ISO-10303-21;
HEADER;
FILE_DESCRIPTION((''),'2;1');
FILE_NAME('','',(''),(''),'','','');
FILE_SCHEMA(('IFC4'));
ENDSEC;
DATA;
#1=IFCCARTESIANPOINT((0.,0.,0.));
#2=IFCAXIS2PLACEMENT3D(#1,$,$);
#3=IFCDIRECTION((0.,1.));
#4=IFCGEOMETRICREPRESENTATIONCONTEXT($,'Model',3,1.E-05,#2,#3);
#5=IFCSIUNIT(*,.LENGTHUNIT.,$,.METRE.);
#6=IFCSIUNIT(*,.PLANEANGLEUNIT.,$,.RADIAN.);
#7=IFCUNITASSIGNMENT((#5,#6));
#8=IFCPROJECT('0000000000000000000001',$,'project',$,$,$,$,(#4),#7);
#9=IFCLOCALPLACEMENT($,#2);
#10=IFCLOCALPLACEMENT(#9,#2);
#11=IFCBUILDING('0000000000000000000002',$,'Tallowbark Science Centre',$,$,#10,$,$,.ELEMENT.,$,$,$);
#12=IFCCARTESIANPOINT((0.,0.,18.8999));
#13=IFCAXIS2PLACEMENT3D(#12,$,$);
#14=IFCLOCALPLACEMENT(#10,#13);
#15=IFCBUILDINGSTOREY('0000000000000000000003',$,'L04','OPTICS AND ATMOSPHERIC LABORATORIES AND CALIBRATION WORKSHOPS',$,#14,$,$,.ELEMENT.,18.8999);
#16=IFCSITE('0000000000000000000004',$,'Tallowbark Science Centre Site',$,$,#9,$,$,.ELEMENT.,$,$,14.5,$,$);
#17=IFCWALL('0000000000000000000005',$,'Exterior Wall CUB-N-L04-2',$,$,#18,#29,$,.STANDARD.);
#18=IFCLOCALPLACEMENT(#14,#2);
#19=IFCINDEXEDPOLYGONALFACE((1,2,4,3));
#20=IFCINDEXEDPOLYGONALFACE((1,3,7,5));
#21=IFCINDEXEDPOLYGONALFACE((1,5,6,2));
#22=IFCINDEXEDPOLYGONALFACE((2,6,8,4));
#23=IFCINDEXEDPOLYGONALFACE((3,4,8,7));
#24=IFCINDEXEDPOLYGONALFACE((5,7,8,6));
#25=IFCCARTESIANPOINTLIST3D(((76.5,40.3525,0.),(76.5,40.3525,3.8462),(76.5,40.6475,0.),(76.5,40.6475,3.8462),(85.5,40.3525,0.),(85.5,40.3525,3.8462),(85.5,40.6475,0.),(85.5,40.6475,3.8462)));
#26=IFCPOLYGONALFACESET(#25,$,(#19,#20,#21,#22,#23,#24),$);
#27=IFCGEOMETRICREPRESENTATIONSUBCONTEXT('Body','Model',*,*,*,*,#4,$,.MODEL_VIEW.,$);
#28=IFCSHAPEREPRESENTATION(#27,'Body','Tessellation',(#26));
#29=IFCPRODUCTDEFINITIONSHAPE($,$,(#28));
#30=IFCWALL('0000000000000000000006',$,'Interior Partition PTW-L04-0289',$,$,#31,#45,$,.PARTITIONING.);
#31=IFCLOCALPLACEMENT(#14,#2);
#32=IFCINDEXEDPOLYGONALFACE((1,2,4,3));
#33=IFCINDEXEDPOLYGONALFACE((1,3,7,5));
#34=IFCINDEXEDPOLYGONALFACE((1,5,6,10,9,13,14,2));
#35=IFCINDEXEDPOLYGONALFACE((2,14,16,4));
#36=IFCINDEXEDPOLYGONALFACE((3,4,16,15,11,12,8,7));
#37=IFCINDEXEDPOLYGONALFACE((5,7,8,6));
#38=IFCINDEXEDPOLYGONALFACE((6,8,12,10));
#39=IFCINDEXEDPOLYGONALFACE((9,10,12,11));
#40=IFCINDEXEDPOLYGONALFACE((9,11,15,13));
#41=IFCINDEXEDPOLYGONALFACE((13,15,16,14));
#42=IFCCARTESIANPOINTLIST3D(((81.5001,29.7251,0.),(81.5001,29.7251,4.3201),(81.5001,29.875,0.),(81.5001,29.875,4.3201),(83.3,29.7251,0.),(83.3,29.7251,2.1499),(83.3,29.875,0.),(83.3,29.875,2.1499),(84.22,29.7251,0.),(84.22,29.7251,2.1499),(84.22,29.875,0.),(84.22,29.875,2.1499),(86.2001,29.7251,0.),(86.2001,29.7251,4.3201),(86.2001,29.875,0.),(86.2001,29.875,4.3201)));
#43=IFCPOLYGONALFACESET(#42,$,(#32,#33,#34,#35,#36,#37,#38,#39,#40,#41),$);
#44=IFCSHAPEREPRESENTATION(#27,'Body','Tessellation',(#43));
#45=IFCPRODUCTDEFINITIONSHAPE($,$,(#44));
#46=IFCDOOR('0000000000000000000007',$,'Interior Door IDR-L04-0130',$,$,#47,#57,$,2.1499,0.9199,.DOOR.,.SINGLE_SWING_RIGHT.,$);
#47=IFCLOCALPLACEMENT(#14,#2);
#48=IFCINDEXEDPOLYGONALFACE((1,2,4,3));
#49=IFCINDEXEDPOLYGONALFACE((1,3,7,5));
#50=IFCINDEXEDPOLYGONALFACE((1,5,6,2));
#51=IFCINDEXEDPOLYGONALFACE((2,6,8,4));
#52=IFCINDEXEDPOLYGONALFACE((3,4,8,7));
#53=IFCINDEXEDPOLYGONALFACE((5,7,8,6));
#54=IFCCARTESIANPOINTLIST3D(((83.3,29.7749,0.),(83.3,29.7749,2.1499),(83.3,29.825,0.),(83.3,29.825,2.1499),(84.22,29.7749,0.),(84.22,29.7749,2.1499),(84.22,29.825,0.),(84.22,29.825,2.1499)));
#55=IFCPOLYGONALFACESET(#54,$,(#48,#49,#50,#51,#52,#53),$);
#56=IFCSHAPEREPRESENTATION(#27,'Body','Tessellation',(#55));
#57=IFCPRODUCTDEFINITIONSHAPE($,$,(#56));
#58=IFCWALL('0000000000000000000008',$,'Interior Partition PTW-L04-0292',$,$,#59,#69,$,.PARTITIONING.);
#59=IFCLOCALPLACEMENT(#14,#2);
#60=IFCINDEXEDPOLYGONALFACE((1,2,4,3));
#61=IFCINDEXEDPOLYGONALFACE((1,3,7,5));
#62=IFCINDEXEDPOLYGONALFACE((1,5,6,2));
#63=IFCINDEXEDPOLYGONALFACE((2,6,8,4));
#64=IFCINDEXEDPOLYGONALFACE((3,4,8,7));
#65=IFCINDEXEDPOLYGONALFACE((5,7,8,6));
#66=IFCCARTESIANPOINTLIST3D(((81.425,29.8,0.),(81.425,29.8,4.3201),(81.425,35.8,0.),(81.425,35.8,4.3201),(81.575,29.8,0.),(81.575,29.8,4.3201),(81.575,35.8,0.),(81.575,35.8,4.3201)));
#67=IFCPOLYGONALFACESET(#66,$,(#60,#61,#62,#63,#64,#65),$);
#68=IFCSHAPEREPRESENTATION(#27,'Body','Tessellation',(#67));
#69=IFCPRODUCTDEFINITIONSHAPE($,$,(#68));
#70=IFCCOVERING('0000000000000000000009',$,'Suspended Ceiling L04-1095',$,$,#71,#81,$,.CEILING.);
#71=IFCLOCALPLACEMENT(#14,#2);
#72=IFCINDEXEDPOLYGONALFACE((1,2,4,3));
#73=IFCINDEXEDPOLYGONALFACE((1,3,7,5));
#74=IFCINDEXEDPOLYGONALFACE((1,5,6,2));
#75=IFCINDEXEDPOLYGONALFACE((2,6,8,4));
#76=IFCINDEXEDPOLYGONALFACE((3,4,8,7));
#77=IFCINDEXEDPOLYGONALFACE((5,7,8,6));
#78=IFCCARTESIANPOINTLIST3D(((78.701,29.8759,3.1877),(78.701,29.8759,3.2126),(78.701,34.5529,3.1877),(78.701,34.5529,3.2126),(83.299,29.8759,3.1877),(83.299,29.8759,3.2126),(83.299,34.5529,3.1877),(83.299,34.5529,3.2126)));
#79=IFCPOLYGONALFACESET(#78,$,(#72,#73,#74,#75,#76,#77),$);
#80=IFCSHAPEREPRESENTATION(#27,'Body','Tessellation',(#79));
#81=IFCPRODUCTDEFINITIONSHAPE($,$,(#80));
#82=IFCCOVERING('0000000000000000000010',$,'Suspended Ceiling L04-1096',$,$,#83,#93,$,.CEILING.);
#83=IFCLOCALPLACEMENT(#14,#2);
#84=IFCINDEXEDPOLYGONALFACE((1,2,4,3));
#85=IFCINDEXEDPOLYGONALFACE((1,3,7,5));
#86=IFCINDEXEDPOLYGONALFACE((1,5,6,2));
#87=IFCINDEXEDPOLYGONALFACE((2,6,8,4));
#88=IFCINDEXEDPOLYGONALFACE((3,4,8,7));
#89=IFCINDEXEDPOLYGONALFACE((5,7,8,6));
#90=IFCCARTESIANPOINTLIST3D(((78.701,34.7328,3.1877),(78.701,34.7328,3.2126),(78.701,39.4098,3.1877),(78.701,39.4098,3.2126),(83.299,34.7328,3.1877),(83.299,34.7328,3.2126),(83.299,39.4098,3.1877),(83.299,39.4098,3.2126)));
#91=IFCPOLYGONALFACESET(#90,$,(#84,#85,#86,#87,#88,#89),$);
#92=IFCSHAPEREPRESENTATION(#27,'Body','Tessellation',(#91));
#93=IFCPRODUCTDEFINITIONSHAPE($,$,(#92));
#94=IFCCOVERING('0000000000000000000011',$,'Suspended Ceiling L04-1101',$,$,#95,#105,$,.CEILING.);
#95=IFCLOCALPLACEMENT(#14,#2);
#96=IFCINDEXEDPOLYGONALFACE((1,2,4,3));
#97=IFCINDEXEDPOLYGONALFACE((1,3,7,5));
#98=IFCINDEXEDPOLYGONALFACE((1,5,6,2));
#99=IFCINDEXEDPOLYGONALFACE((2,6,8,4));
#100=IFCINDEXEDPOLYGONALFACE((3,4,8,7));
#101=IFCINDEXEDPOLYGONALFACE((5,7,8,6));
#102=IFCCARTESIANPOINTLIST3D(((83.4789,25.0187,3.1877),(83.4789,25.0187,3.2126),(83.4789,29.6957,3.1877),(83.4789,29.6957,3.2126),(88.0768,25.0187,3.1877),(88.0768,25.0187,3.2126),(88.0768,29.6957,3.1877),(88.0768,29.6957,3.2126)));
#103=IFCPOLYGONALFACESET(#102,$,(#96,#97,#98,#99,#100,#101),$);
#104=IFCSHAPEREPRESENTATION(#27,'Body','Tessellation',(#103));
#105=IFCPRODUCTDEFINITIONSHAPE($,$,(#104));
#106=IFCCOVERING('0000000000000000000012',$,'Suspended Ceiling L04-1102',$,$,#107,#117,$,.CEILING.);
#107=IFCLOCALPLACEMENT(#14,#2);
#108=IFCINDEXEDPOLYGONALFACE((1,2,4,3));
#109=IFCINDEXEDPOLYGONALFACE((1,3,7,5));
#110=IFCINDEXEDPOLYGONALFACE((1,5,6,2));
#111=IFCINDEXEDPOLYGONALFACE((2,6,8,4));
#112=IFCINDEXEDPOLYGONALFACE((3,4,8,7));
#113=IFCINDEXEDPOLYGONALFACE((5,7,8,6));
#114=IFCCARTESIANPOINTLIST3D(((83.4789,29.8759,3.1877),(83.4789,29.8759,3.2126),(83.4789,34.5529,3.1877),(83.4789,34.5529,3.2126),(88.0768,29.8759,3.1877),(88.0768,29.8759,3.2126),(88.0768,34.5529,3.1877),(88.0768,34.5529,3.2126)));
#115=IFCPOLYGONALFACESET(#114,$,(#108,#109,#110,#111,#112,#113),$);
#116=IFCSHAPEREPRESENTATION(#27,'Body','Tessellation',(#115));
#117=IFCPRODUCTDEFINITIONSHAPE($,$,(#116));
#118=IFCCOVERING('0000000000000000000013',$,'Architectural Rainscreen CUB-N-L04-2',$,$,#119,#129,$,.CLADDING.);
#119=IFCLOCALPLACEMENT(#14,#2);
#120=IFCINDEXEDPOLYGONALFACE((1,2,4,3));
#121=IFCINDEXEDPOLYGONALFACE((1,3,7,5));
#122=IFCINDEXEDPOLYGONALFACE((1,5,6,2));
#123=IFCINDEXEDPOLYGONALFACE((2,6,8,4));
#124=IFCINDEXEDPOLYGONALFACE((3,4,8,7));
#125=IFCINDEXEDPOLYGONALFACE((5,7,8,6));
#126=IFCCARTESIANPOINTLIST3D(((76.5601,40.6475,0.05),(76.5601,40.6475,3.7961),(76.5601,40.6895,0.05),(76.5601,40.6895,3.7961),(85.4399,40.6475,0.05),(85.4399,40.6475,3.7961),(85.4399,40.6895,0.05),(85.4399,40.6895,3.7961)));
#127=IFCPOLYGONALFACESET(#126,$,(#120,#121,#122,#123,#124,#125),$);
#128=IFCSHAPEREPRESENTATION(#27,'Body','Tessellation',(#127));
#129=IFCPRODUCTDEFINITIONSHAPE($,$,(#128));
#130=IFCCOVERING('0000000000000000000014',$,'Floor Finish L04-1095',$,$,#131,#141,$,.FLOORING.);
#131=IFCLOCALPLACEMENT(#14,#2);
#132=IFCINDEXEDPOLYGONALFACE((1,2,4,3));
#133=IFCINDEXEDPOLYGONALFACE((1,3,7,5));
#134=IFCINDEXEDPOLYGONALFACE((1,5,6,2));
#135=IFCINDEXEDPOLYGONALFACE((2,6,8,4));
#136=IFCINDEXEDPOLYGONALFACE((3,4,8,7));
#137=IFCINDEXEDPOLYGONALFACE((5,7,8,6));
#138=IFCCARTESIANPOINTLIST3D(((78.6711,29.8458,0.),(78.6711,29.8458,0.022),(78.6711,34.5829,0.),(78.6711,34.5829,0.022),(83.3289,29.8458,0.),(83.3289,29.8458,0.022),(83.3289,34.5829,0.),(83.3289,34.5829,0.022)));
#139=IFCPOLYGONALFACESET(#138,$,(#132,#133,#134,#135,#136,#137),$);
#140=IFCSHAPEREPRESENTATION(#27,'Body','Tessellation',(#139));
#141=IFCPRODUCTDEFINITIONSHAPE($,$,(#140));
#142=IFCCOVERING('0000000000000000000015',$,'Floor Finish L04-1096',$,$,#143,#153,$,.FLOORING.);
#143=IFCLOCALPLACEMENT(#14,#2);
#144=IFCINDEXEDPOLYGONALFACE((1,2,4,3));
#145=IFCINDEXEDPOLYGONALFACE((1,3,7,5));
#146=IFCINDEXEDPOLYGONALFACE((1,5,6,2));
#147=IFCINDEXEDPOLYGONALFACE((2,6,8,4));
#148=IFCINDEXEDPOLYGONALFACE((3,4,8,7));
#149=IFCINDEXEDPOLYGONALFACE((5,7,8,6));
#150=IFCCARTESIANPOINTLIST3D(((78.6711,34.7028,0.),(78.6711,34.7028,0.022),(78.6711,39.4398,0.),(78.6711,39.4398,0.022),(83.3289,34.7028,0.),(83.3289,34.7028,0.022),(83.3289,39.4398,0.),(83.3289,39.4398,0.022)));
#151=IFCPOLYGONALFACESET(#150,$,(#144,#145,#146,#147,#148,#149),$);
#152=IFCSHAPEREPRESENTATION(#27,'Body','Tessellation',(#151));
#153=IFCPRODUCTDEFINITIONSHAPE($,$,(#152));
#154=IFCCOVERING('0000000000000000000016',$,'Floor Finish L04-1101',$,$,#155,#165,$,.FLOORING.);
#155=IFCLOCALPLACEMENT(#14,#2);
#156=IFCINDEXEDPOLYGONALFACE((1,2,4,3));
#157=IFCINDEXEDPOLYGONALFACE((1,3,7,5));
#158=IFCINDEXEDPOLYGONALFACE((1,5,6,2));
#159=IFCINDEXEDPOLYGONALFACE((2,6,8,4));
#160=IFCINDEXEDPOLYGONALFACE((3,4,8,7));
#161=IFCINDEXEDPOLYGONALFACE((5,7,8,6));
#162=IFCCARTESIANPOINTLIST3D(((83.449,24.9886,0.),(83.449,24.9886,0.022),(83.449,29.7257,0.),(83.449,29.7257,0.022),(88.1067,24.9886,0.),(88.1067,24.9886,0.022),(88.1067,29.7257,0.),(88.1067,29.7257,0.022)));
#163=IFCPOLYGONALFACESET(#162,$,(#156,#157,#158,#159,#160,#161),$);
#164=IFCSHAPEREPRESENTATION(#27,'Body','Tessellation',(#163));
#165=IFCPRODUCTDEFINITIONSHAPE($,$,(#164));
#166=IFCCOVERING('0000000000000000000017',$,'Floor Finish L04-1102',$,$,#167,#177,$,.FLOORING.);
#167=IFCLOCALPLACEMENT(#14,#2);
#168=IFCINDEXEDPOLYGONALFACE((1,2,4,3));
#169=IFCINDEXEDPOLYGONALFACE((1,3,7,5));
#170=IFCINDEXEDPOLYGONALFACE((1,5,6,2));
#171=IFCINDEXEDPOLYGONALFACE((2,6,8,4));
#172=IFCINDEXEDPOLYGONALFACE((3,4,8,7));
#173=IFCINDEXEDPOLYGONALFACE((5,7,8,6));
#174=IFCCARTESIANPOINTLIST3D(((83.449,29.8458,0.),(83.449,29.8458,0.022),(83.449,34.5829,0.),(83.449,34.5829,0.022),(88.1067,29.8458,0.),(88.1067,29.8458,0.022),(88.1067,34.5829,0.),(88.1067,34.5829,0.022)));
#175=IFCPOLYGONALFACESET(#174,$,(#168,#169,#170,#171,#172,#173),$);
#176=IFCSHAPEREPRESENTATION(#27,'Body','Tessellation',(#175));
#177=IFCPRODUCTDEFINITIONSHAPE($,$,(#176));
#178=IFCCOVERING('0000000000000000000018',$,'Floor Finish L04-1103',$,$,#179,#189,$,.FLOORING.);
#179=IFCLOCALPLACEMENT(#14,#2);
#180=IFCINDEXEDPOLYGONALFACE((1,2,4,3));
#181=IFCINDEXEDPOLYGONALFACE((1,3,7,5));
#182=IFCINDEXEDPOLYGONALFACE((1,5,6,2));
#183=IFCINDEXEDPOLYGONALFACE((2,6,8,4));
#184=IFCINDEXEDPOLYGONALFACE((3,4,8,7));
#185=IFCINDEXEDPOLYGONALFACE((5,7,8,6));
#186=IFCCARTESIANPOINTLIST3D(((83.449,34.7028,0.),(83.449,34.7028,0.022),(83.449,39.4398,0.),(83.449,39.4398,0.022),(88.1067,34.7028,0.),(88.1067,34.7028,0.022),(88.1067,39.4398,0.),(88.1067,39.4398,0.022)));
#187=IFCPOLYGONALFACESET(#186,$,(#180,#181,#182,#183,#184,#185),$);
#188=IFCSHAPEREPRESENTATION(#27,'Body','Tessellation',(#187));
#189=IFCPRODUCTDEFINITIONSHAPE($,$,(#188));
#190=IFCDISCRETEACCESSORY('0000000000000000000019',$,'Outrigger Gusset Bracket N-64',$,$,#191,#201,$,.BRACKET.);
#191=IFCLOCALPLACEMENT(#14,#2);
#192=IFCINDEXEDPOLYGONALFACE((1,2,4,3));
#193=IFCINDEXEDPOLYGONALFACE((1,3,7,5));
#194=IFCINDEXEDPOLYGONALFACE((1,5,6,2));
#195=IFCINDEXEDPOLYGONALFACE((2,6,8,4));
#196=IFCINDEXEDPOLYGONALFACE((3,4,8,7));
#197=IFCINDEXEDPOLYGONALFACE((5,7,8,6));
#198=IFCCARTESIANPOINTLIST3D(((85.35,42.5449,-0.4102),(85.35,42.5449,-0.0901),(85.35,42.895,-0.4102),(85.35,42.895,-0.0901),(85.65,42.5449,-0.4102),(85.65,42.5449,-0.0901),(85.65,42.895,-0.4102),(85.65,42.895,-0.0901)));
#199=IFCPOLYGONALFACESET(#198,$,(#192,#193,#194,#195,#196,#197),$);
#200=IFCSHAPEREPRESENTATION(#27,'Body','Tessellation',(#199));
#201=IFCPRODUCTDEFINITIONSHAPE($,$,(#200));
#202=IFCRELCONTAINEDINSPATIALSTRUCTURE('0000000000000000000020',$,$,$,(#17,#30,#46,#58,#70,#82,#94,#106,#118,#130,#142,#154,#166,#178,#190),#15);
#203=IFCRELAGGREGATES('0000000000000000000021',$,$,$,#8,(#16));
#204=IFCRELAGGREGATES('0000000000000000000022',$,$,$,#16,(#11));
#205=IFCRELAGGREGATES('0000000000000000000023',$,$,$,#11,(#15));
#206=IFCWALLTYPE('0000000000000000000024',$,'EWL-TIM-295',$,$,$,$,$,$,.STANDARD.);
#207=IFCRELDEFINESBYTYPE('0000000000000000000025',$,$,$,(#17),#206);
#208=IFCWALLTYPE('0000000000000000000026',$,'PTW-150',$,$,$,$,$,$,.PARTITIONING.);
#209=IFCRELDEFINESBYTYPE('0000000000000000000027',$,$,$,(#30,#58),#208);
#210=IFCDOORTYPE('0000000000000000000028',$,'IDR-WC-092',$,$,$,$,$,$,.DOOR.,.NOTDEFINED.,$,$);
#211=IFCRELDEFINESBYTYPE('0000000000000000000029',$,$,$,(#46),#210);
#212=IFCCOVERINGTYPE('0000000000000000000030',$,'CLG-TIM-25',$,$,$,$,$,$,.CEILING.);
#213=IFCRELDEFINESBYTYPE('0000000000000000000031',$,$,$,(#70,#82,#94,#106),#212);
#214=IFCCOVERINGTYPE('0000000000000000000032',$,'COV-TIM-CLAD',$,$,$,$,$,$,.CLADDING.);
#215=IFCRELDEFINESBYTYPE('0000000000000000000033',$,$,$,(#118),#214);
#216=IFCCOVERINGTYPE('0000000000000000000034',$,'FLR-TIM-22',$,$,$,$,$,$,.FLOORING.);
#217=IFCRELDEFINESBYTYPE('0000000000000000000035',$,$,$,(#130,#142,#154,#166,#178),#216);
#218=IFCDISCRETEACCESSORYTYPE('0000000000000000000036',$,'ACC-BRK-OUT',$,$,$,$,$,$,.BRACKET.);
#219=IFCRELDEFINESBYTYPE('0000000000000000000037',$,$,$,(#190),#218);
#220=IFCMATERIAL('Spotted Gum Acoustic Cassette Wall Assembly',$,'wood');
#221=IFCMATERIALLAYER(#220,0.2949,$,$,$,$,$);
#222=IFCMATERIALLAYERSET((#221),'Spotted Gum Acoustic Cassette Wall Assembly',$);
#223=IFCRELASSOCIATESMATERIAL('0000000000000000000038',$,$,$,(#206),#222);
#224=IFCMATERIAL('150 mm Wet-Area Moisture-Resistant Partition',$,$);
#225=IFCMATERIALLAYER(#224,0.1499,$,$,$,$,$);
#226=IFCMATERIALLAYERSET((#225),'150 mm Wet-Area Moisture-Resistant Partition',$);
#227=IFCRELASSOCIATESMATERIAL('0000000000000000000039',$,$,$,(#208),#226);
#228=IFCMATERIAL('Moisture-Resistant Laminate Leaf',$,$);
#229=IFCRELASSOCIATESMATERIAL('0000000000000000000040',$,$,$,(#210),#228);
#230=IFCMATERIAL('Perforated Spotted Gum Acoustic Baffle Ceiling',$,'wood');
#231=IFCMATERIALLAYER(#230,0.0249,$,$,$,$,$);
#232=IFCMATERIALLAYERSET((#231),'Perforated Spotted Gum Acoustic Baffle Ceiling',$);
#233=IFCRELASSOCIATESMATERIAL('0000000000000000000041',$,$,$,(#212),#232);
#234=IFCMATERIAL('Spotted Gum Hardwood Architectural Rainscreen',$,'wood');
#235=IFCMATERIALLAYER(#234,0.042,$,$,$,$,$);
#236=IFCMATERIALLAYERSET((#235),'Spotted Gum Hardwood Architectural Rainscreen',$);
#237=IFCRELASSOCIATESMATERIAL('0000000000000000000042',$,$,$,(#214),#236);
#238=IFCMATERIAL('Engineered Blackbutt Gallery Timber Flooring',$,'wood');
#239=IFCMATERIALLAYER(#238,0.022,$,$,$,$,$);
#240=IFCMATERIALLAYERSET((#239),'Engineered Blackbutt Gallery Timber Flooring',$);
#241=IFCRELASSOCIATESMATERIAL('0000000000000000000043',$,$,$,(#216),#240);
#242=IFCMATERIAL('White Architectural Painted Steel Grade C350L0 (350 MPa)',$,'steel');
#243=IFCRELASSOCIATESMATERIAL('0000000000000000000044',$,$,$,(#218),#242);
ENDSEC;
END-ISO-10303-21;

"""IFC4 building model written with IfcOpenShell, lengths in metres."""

from ifc_helpers import new_model, si_unit, direction, frame, frame_2d, origin, origin_2d, place, context, subcontext, project, spatial, rectangle, extrude, material, layer, layer_set, type_object, element, fill, save


model = new_model("IFC4")

# Units and contexts
model_context = context("Model", 3, precision=1e-05, world=origin(), true_north=direction((0.0, 1.0)))
body_context = subcontext(model_context, "Body", "Model", "MODEL_VIEW")
ifc_project = project(units=[si_unit("LENGTHUNIT", "METRE"), si_unit("PLANEANGLEUNIT", "RADIAN")], contexts=[model_context])

# Site, building, storey
site_placement = place(None, origin())
site = spatial("IfcSite", under=ifc_project, at=site_placement, Name="Tallowbark Science Centre Site", CompositionType="ELEMENT", RefElevation=14.5)
building_placement = place(site_placement, origin())
building = spatial("IfcBuilding", under=site, at=building_placement, Name="Tallowbark Science Centre", CompositionType="ELEMENT")
storey_placement = place(building_placement, frame((0.0, 0.0, 18.8999)))
storey = spatial("IfcBuildingStorey", under=building, at=storey_placement, Name="L04", Description="OPTICS AND ATMOSPHERIC LABORATORIES AND CALIBRATION WORKSHOPS", CompositionType="ELEMENT", Elevation=18.8999)

# Shared definitions
ifc_material_1 = material(Name="White Architectural Painted Steel Grade C350L0 (350 MPa)", Category="steel")

# Wall
ifc_material_2 = material(Name="Spotted Gum Acoustic Cassette Wall Assembly", Category="wood")
ifc_layer_1 = layer(ifc_material_2, 0.2949)
ifc_layer_set_1 = layer_set([ifc_layer_1], Name="Spotted Gum Acoustic Cassette Wall Assembly")
wall_type_1 = type_object("IfcWallType", Name="EWL-TIM-295", PredefinedType="STANDARD", material=ifc_layer_set_1)
wall_1_placement = place(storey_placement, frame((85.5, 40.5, 0.0), z_axis=(0.0, 0.0, 1.0), x_axis=(-1.0, 0.0, 0.0)))
element("IfcWall", 1, at=wall_1_placement, inside=storey, type_object=wall_type_1, Name="Exterior Wall CUB-N-L04-2", PredefinedType="STANDARD", context=body_context, shape_type="SweptSolid", body=[
    extrude(rectangle(XDim=9.0, YDim=0.2949, at=frame_2d((4.5, 0.0))), origin(), (0.0, 0.0, 1.0), 3.8462),
])

# Wall, opening, door
ifc_material_3 = material(Name="150 mm Wet-Area Moisture-Resistant Partition")
ifc_layer_2 = layer(ifc_material_3, 0.1499)
ifc_layer_set_2 = layer_set([ifc_layer_2], Name="150 mm Wet-Area Moisture-Resistant Partition")
wall_type_2 = type_object("IfcWallType", Name="PTW-150", PredefinedType="PARTITIONING", material=ifc_layer_set_2)
wall_2_placement = place(storey_placement, frame((81.5, 29.8, 0.0), z_axis=(0.0, 0.0, 1.0), x_axis=(1.0, 0.0, 0.0)))
wall_2 = element("IfcWall", 2, at=wall_2_placement, inside=storey, type_object=wall_type_2, Name="Interior Partition PTW-L04-0289", PredefinedType="PARTITIONING", context=body_context, shape_type="SweptSolid", body=[
    extrude(rectangle(XDim=4.7, YDim=0.1499, at=frame_2d((2.3501, 0.0))), origin(), (0.0, 0.0, 1.0), 4.3201),
])
opening_placement = place(wall_2_placement, frame((1.8, 0.0, 0.0)))
opening = element("IfcOpeningElement", 3, at=opening_placement, cuts=wall_2, PredefinedType="OPENING", context=body_context, shape_type="SweptSolid", body=[
    extrude(rectangle(XDim=0.9199, YDim=2.1499, at=frame_2d((0.46, 1.075))), frame((0.0, 0.085, 0.0), z_axis=(0.0, -1.0, 0.0), x_axis=(1.0, 0.0, 0.0)), (0.0, 0.0, 1.0), 0.1699),
])
ifc_material_4 = material(Name="Moisture-Resistant Laminate Leaf")
door_type = type_object("IfcDoorType", Name="IDR-WC-092", OperationType="NOTDEFINED", PredefinedType="DOOR", material=ifc_material_4)
door_placement = place(opening_placement, origin())
door = element("IfcDoor", 4, at=door_placement, inside=storey, type_object=door_type, Name="Interior Door IDR-L04-0130", OperationType="SINGLE_SWING_RIGHT", OverallHeight=2.1499, OverallWidth=0.9199, PredefinedType="DOOR", context=body_context, shape_type="SweptSolid", body=[
    extrude(rectangle(XDim=0.9199, YDim=2.1499, at=frame_2d((0.46, 1.075))), frame((0.0, 0.0249, 0.0), z_axis=(0.0, -1.0, 0.0), x_axis=(1.0, 0.0, 0.0)), (0.0, 0.0, 1.0), 0.05),
])
fill(opening, door)

# Wall
wall_3_placement = place(storey_placement, frame((81.5, 29.8, 0.0), z_axis=(0.0, 0.0, 1.0), x_axis=(0.0, 1.0, 0.0)))
element("IfcWall", 5, at=wall_3_placement, inside=storey, type_object=wall_type_2, Name="Interior Partition PTW-L04-0292", PredefinedType="PARTITIONING", context=body_context, shape_type="SweptSolid", body=[
    extrude(rectangle(XDim=6.0, YDim=0.1499, at=frame_2d((3.0, 0.0))), origin(), (0.0, 0.0, 1.0), 4.3201),
])

# Coverings
ifc_material_5 = material(Name="Perforated Spotted Gum Acoustic Baffle Ceiling", Category="wood")
ifc_layer_3 = layer(ifc_material_5, 0.0249)
ifc_layer_set_3 = layer_set([ifc_layer_3], Name="Perforated Spotted Gum Acoustic Baffle Ceiling")
covering_type_1 = type_object("IfcCoveringType", Name="CLG-TIM-25", PredefinedType="CEILING", material=ifc_layer_set_3)
for number, where, z_axis, x_axis, name in (
    (6, (81.0, 32.2144, 3.1877), (0.0, 0.0, 1.0), (1.0, 0.0, 0.0), "Suspended Ceiling L04-1095"),
    (7, (81.0, 37.0713, 3.1877), (0.0, 0.0, 1.0), (1.0, 0.0, 0.0), "Suspended Ceiling L04-1096"),
    (8, (85.7778, 27.3572, 3.1877), (0.0, 0.0, 1.0), (1.0, 0.0, 0.0), "Suspended Ceiling L04-1101"),
    (9, (85.7778, 32.2144, 3.1877), (0.0, 0.0, 1.0), (1.0, 0.0, 0.0), "Suspended Ceiling L04-1102"),
):
    element("IfcCovering", number, at=place(storey_placement, frame(where, z_axis=z_axis, x_axis=x_axis)), inside=storey, type_object=covering_type_1, Name=name, PredefinedType="CEILING", context=body_context, shape_type="SweptSolid", body=[
        extrude(rectangle(XDim=4.5979, YDim=4.677, at=origin_2d()), origin(), (0.0, 0.0, 1.0), 0.0249),
    ])
ifc_material_6 = material(Name="Spotted Gum Hardwood Architectural Rainscreen", Category="wood")
ifc_layer_4 = layer(ifc_material_6, 0.042)
ifc_layer_set_4 = layer_set([ifc_layer_4], Name="Spotted Gum Hardwood Architectural Rainscreen")
covering_type_2 = type_object("IfcCoveringType", Name="COV-TIM-CLAD", PredefinedType="CLADDING", material=ifc_layer_set_4)
covering_placement = place(storey_placement, frame((81.0, 40.6685, 0.05), z_axis=(0.0, 0.0, 1.0), x_axis=(-1.0, 0.0, 0.0)))
element("IfcCovering", 10, at=covering_placement, inside=storey, type_object=covering_type_2, Name="Architectural Rainscreen CUB-N-L04-2", PredefinedType="CLADDING", context=body_context, shape_type="SweptSolid", body=[
    extrude(rectangle(XDim=8.8799, YDim=0.042, at=origin_2d()), origin(), (0.0, 0.0, 1.0), 3.7461),
])
ifc_material_7 = material(Name="Engineered Blackbutt Gallery Timber Flooring", Category="wood")
ifc_layer_5 = layer(ifc_material_7, 0.022)
ifc_layer_set_5 = layer_set([ifc_layer_5], Name="Engineered Blackbutt Gallery Timber Flooring")
covering_type_3 = type_object("IfcCoveringType", Name="FLR-TIM-22", PredefinedType="FLOORING", material=ifc_layer_set_5)
for number, where, z_axis, x_axis, name in (
    (11, (81.0, 32.2144, 0.0), (0.0, 0.0, 1.0), (1.0, 0.0, 0.0), "Floor Finish L04-1095"),
    (12, (81.0, 37.0713, 0.0), (0.0, 0.0, 1.0), (1.0, 0.0, 0.0), "Floor Finish L04-1096"),
    (13, (85.7778, 27.3572, 0.0), (0.0, 0.0, 1.0), (1.0, 0.0, 0.0), "Floor Finish L04-1101"),
    (14, (85.7778, 32.2144, 0.0), (0.0, 0.0, 1.0), (1.0, 0.0, 0.0), "Floor Finish L04-1102"),
    (15, (85.7778, 37.0713, 0.0), (0.0, 0.0, 1.0), (1.0, 0.0, 0.0), "Floor Finish L04-1103"),
):
    element("IfcCovering", number, at=place(storey_placement, frame(where, z_axis=z_axis, x_axis=x_axis)), inside=storey, type_object=covering_type_3, Name=name, PredefinedType="FLOORING", context=body_context, shape_type="SweptSolid", body=[
        extrude(rectangle(XDim=4.6577, YDim=4.7371, at=origin_2d()), origin(), (0.0, 0.0, 1.0), 0.022),
    ])

# Discrete accessory
discrete_accessory_type_1 = type_object("IfcDiscreteAccessoryType", Name="ACC-BRK-OUT", PredefinedType="BRACKET", material=ifc_material_1)
discrete_accessory_placement = place(storey_placement, frame((85.5, 42.72, -0.4102), z_axis=(0.0, 0.0, 1.0), x_axis=(1.0, 0.0, 0.0)))
element("IfcDiscreteAccessory", 16, at=discrete_accessory_placement, inside=storey, type_object=discrete_accessory_type_1, Name="Outrigger Gusset Bracket N-64", PredefinedType="BRACKET", context=body_context, shape_type="SweptSolid", body=[
    extrude(rectangle(XDim=0.3, YDim=0.3501, at=origin_2d()), origin(), (0.0, 0.0, 1.0), 0.3201),
])

save(model, "model.ifc")
